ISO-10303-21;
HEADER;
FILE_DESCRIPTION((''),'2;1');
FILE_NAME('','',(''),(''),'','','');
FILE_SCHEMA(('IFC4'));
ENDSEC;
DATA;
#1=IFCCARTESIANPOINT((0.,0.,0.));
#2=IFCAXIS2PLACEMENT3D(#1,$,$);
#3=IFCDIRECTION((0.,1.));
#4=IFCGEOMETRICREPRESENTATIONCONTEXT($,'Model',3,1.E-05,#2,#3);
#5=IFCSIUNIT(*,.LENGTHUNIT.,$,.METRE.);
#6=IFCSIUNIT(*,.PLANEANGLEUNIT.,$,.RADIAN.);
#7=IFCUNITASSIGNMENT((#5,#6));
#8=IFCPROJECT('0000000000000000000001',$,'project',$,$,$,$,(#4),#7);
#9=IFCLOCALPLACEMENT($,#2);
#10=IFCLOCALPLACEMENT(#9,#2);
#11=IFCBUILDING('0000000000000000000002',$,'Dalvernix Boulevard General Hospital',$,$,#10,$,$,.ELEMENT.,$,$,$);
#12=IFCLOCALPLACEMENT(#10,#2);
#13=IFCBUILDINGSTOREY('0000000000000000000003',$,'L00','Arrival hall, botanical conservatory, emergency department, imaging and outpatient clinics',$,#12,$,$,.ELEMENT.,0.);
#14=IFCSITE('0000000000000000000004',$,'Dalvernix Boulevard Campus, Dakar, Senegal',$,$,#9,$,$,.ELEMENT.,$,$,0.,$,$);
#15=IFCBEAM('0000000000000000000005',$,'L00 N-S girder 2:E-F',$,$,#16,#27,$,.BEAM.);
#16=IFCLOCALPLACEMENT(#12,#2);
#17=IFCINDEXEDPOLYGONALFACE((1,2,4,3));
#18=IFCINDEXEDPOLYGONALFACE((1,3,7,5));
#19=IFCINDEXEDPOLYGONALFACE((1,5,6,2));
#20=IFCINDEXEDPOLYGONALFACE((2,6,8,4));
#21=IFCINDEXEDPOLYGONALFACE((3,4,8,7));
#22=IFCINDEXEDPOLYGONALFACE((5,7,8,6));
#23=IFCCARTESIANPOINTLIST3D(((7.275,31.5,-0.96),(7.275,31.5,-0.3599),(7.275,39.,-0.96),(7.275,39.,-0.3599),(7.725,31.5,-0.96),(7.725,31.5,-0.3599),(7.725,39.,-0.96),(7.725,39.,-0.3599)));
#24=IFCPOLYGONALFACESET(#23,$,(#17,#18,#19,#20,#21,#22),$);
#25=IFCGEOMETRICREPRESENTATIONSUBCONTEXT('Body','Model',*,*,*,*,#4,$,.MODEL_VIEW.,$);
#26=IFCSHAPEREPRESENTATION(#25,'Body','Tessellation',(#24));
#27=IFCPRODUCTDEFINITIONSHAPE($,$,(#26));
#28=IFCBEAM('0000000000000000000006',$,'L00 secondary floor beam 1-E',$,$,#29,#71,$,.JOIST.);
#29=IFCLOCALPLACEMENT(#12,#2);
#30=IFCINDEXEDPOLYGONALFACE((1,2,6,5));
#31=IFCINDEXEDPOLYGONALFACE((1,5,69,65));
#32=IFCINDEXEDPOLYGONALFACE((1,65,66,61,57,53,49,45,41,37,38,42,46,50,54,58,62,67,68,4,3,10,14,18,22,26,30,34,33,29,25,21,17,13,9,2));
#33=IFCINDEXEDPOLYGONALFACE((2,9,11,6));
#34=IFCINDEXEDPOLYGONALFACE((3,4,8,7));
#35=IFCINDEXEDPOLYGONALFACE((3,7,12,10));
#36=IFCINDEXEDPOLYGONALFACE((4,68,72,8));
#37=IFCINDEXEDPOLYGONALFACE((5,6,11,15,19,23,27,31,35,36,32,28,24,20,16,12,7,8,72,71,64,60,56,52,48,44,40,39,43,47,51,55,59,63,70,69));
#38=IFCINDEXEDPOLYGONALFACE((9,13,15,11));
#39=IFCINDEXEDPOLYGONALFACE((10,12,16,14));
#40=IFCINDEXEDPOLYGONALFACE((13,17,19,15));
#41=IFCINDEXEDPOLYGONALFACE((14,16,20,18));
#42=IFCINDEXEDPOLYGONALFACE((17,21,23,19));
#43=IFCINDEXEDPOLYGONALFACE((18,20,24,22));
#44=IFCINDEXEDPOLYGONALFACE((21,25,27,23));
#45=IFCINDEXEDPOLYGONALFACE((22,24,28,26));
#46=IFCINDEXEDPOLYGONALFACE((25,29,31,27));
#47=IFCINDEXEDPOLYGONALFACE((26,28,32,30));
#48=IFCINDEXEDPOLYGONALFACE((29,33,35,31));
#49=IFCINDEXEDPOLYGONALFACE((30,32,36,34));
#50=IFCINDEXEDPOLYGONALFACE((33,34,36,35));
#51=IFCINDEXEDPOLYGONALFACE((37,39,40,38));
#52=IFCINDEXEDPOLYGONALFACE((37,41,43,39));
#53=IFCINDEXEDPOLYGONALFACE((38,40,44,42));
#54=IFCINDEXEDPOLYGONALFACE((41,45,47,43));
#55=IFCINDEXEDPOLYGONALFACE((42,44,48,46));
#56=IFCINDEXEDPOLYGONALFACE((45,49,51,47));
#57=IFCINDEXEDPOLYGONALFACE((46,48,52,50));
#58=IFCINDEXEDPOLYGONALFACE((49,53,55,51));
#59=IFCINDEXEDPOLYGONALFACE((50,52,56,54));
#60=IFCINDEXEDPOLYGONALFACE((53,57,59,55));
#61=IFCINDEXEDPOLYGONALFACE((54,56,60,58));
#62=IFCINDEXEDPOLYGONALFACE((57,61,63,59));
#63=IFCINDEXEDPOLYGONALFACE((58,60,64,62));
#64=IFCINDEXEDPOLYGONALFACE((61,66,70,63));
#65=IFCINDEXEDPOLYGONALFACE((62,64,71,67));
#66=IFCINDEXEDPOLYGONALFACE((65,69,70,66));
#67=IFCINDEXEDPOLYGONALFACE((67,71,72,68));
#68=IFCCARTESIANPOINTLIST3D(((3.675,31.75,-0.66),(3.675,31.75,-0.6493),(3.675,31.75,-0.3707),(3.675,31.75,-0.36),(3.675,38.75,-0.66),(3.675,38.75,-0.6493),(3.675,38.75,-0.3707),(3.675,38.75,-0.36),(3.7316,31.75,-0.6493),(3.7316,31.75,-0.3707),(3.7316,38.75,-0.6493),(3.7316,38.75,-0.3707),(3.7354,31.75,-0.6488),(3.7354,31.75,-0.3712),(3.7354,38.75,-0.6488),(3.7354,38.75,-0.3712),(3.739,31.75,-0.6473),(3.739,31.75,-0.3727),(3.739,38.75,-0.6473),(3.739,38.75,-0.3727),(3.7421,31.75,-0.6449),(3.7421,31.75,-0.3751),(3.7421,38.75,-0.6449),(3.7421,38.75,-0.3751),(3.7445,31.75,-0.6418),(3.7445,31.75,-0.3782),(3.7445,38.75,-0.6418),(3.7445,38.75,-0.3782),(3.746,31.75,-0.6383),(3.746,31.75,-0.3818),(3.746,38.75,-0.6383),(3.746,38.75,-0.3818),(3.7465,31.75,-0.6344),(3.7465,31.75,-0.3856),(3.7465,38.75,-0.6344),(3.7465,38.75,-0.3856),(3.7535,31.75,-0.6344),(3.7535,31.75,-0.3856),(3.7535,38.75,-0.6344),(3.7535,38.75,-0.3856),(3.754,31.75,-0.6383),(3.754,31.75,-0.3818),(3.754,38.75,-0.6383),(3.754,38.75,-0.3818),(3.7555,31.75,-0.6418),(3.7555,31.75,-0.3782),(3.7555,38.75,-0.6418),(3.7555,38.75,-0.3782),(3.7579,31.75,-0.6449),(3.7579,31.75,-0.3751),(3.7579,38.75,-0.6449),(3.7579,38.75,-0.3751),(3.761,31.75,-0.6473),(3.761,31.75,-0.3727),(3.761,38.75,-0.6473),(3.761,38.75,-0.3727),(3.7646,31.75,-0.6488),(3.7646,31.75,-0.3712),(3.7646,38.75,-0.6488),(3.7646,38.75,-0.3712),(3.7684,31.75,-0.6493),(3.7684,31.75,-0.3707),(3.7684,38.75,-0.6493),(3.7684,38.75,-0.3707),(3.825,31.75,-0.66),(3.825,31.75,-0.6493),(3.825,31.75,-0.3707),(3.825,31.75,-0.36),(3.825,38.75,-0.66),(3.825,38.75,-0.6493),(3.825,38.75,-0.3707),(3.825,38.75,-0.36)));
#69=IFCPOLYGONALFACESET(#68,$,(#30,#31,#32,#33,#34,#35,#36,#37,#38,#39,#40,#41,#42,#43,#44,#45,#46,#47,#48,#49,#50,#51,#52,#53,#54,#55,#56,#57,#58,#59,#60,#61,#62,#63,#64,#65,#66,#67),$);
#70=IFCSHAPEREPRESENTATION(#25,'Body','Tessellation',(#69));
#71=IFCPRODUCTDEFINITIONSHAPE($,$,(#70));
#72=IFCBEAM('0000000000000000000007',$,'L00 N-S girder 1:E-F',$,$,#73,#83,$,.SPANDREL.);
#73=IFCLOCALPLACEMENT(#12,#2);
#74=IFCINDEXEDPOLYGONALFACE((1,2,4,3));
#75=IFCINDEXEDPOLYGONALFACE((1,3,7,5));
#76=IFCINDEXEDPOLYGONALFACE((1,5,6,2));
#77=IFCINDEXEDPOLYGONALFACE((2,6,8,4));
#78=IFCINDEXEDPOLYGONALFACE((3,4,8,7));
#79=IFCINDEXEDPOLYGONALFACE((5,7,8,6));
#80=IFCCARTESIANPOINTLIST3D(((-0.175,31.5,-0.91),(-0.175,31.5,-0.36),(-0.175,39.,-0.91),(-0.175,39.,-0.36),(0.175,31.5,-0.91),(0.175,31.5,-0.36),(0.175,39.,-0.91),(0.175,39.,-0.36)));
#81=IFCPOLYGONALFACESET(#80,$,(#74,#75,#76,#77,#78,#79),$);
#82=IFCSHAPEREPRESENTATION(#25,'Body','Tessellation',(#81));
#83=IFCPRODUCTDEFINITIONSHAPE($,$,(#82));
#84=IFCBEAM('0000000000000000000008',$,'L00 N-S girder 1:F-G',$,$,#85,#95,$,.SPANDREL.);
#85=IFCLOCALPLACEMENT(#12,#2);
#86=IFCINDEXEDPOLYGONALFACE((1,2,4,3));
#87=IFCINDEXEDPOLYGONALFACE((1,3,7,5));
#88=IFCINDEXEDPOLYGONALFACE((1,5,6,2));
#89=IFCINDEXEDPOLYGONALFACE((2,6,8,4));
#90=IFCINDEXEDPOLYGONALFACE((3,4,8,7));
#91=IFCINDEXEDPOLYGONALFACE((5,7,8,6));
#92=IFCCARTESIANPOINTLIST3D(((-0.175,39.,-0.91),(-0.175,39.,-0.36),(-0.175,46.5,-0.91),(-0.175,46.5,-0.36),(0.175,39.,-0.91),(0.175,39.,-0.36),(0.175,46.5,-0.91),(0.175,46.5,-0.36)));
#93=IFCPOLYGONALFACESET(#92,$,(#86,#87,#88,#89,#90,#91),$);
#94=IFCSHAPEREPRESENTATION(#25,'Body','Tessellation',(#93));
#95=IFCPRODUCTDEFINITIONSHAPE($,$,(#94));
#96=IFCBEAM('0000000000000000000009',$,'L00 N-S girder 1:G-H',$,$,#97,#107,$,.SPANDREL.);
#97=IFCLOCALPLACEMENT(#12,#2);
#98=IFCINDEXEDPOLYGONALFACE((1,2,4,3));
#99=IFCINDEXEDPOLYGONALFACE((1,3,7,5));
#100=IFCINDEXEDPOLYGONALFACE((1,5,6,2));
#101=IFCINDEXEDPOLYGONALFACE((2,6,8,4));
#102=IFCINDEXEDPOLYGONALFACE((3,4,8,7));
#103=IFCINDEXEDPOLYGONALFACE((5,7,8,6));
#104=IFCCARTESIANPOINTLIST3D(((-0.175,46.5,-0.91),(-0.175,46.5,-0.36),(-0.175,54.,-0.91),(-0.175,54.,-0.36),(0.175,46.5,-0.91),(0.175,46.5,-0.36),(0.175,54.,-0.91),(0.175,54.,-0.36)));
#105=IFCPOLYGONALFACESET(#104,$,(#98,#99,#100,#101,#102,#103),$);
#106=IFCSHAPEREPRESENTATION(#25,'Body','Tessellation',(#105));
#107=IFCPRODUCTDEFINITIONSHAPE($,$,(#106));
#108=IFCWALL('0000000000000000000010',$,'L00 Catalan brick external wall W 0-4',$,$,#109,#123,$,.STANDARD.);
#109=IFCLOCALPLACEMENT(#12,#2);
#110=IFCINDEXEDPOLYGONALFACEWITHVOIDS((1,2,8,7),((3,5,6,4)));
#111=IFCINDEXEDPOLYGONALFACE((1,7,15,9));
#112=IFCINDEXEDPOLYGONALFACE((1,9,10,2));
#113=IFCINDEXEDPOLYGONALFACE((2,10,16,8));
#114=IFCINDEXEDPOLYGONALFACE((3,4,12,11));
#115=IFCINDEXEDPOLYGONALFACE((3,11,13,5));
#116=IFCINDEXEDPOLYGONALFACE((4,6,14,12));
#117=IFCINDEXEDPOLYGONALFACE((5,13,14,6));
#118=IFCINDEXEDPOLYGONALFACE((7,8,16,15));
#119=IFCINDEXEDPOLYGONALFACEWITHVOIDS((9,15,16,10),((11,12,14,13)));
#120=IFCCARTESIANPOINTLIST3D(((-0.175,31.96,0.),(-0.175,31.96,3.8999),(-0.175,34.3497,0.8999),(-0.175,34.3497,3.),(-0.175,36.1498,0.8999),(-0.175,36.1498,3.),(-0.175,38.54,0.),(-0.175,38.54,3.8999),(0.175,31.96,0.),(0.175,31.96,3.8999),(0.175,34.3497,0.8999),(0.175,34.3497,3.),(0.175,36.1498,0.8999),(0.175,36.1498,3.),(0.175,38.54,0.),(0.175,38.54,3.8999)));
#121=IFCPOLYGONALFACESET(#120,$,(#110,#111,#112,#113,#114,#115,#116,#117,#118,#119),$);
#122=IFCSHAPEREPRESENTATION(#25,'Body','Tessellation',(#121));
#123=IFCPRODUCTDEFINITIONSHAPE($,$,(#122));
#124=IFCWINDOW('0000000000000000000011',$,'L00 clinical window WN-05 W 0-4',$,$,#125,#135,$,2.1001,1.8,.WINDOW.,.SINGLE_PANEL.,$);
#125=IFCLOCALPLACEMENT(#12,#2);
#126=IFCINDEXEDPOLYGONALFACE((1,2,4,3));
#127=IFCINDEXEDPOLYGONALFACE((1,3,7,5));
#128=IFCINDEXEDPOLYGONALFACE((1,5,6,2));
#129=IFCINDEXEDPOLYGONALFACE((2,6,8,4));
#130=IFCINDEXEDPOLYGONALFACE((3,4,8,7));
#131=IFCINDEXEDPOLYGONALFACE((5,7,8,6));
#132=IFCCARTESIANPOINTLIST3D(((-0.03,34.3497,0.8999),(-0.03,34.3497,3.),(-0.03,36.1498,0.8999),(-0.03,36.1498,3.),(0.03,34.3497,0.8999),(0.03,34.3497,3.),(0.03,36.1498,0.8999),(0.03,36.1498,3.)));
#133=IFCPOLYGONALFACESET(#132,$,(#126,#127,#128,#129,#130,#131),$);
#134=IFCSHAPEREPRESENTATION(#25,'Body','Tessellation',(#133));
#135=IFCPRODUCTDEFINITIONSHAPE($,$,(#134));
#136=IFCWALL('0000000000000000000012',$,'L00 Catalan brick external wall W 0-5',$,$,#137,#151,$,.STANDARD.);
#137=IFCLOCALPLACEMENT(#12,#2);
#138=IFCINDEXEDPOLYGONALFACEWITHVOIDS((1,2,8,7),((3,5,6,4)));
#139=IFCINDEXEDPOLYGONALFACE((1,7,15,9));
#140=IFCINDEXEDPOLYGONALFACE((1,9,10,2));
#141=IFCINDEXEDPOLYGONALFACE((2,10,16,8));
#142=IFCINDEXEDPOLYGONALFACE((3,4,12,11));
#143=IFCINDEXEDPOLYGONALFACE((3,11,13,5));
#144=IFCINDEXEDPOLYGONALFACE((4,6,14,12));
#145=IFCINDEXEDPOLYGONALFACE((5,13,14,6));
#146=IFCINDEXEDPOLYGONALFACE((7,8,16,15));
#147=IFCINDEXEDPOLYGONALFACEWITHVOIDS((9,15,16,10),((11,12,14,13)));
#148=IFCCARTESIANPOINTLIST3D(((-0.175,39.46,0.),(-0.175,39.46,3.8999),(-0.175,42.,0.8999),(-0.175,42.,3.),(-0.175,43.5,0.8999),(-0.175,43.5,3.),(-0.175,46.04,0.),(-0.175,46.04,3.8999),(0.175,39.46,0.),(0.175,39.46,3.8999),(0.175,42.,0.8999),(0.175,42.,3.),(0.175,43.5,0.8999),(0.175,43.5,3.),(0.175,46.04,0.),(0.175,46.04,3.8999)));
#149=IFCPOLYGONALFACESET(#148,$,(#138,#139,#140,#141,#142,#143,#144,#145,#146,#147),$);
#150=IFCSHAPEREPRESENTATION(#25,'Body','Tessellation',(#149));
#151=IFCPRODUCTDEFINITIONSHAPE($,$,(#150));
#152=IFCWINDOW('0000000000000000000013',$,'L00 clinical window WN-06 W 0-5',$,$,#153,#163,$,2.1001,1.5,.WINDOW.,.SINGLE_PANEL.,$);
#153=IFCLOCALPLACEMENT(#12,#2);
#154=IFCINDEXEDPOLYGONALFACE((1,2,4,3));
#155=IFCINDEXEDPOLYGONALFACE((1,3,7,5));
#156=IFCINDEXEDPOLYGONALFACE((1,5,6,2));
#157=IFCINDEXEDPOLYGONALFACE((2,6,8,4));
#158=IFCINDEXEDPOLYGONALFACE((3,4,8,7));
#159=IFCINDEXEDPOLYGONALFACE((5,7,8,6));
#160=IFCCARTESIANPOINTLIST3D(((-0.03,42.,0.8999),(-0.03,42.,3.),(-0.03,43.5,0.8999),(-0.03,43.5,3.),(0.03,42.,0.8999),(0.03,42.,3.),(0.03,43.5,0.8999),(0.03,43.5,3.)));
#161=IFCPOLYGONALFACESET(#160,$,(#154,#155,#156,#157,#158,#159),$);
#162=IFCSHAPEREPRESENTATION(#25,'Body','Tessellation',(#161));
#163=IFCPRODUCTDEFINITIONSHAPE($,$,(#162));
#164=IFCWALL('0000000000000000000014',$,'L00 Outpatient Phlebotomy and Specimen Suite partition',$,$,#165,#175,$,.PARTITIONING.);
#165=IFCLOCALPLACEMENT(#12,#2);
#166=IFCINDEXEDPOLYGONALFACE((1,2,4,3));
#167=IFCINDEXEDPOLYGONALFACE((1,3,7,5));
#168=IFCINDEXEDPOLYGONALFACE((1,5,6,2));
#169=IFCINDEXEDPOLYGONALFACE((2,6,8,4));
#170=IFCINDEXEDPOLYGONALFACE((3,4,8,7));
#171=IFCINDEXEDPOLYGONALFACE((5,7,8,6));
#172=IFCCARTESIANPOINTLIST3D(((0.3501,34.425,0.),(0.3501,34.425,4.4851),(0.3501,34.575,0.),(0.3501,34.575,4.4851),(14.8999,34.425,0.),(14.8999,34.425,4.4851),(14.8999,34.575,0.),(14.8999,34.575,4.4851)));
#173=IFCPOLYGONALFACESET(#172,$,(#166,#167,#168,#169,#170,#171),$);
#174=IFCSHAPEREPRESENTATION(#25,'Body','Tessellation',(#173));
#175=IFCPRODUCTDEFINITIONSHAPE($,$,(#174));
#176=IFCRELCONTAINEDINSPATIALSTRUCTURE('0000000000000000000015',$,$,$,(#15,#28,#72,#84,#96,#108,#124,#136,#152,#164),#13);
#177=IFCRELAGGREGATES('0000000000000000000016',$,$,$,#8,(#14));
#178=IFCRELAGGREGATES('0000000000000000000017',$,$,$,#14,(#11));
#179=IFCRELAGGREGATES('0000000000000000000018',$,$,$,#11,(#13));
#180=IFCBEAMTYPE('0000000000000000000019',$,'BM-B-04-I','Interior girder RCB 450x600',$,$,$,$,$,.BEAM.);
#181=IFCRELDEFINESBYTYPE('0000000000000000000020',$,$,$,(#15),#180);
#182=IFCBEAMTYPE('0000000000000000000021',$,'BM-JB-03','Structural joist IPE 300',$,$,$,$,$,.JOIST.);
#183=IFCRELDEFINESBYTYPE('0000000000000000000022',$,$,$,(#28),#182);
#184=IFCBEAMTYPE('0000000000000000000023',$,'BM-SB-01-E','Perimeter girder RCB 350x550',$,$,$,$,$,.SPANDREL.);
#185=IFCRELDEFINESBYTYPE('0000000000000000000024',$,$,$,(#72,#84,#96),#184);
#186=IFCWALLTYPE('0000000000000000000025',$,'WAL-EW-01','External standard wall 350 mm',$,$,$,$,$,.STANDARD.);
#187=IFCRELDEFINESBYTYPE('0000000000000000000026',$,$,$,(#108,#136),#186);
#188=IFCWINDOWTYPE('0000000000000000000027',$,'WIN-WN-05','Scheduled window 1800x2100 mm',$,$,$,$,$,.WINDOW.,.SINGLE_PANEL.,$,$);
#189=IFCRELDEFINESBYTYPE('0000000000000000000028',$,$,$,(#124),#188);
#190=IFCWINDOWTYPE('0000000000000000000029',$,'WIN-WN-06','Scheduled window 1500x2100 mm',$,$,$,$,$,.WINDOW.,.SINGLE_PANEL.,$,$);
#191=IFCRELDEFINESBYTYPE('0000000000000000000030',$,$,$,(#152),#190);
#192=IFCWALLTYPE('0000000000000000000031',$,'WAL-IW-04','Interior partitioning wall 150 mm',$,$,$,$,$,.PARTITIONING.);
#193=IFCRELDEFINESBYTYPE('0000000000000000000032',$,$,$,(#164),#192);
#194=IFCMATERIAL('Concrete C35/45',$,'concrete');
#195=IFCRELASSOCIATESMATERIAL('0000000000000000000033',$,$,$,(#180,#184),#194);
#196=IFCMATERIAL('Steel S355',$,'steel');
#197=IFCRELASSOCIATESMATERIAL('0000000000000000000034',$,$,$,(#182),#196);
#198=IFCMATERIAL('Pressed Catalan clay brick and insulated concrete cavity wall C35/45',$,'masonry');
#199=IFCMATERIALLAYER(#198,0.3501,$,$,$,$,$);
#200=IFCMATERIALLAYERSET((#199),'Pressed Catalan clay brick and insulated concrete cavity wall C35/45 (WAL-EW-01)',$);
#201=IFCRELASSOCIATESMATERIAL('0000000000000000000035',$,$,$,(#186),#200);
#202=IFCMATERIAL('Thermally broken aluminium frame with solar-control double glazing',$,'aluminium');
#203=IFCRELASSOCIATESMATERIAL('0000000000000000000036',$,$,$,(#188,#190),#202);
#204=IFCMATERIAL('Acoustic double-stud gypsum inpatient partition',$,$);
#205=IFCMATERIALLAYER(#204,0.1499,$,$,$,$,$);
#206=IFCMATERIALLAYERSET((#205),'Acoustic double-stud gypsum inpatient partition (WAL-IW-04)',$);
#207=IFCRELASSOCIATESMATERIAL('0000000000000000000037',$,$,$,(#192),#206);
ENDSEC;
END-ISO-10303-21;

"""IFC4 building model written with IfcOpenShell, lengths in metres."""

from ifc_helpers import new_model, si_unit, direction, frame, frame_2d, origin, origin_2d, place, context, subcontext, project, spatial, rectangle, i_section, extrude, material, layer, layer_set, material_profile, profile_set, type_object, element, fill, save


model = new_model("IFC4")

# Units and contexts
model_context = context("Model", 3, precision=1e-05, world=origin(), true_north=direction((0.0, 1.0)))
body_context = subcontext(model_context, "Body", "Model", "MODEL_VIEW")
ifc_project = project(units=[si_unit("LENGTHUNIT", "METRE"), si_unit("PLANEANGLEUNIT", "RADIAN")], contexts=[model_context])

# Site, building, storey
site_placement = place(None, origin())
site = spatial("IfcSite", under=ifc_project, at=site_placement, Name="Dalvernix Boulevard Campus, Dakar, Senegal", CompositionType="ELEMENT", RefElevation=0.0)
building_placement = place(site_placement, origin())
building = spatial("IfcBuilding", under=site, at=building_placement, Name="Dalvernix Boulevard General Hospital", CompositionType="ELEMENT")
storey_placement = place(building_placement, origin())
storey = spatial("IfcBuildingStorey", under=building, at=storey_placement, Name="L00", Description="Arrival hall, botanical conservatory, emergency department, imaging and outpatient clinics", CompositionType="ELEMENT", Elevation=0.0)

# Beams
ifc_material_1 = material(Name="Concrete C35/45", Category="concrete")
ifc_material_profile_1 = material_profile(ifc_material_1, rectangle(XDim=0.45, YDim=0.6001, at=origin_2d()), Name="RCB 450x600")
ifc_profile_set_1 = profile_set([ifc_material_profile_1], Name="Concrete C35/45")
beam_type_1 = type_object("IfcBeamType", Name="BM-B-04-I", Description="Interior girder RCB 450x600", PredefinedType="BEAM", material=ifc_profile_set_1)
beam_1_placement = place(storey_placement, frame((7.5, 31.5, -0.6599), z_axis=(0.0, 1.0, 0.0), x_axis=(-1.0, 0.0, 0.0)))
element("IfcBeam", 1, at=beam_1_placement, inside=storey, type_object=beam_type_1, Name="L00 N-S girder 2:E-F", PredefinedType="BEAM", context=body_context, shape_type="SweptSolid", body=[
    extrude(rectangle(XDim=0.45, YDim=0.6001, at=origin_2d()), origin(), (0.0, 0.0, 1.0), 7.5),
])
ifc_material_2 = material(Name="Steel S355", Category="steel")
ifc_material_profile_2 = material_profile(ifc_material_2, i_section(OverallWidth=0.1499, OverallDepth=0.3, WebThickness=0.0071, FlangeThickness=0.0107, FilletRadius=0.0149, at=origin_2d()), Name="IPE 300")
ifc_profile_set_2 = profile_set([ifc_material_profile_2], Name="Steel S355")
beam_type_2 = type_object("IfcBeamType", Name="BM-JB-03", Description="Structural joist IPE 300", PredefinedType="JOIST", material=ifc_profile_set_2)
beam_2_placement = place(storey_placement, frame((3.75, 31.75, -0.51), z_axis=(0.0, 1.0, 0.0), x_axis=(-1.0, 0.0, 0.0)))
element("IfcBeam", 2, at=beam_2_placement, inside=storey, type_object=beam_type_2, Name="L00 secondary floor beam 1-E", PredefinedType="JOIST", context=body_context, shape_type="SweptSolid", body=[
    extrude(i_section(OverallWidth=0.1499, OverallDepth=0.3, WebThickness=0.0071, FlangeThickness=0.0107, FilletRadius=0.0149, at=origin_2d()), origin(), (0.0, 0.0, 1.0), 7.0),
])
ifc_material_profile_3 = material_profile(ifc_material_1, rectangle(XDim=0.3501, YDim=0.55, at=origin_2d()), Name="RCB 350x550")
ifc_profile_set_3 = profile_set([ifc_material_profile_3], Name="Concrete C35/45")
beam_type_3 = type_object("IfcBeamType", Name="BM-SB-01-E", Description="Perimeter girder RCB 350x550", PredefinedType="SPANDREL", material=ifc_profile_set_3)
for number, where, z_axis, x_axis, name in (
    (3, (0.0, 31.5, -0.635), (0.0, 1.0, 0.0), (-1.0, 0.0, 0.0), "L00 N-S girder 1:E-F"),
    (4, (0.0, 39.0, -0.635), (0.0, 1.0, 0.0), (-1.0, 0.0, 0.0), "L00 N-S girder 1:F-G"),
    (5, (0.0, 46.5, -0.635), (0.0, 1.0, 0.0), (-1.0, 0.0, 0.0), "L00 N-S girder 1:G-H"),
):
    element("IfcBeam", number, at=place(storey_placement, frame(where, z_axis=z_axis, x_axis=x_axis)), inside=storey, type_object=beam_type_3, Name=name, PredefinedType="SPANDREL", context=body_context, shape_type="SweptSolid", body=[
        extrude(rectangle(XDim=0.3501, YDim=0.55, at=origin_2d()), origin(), (0.0, 0.0, 1.0), 7.5),
    ])

# Walls, openings, windows
ifc_material_3 = material(Name="Pressed Catalan clay brick and insulated concrete cavity wall C35/45", Category="masonry")
ifc_layer_1 = layer(ifc_material_3, 0.3501)
ifc_layer_set_1 = layer_set([ifc_layer_1], Name="Pressed Catalan clay brick and insulated concrete cavity wall C35/45 (WAL-EW-01)")
wall_type_1 = type_object("IfcWallType", Name="WAL-EW-01", Description="External standard wall 350 mm", PredefinedType="STANDARD", material=ifc_layer_set_1)
wall_1_placement = place(storey_placement, frame((0.0, 31.96, 0.0), z_axis=(0.0, 0.0, 1.0), x_axis=(0.0, 1.0, 0.0)))
wall_1 = element("IfcWall", 6, at=wall_1_placement, inside=storey, type_object=wall_type_1, Name="L00 Catalan brick external wall W 0-4", PredefinedType="STANDARD", context=body_context, shape_type="SweptSolid", body=[
    extrude(rectangle(XDim=6.5801, YDim=0.3501, at=frame_2d((3.29, 0.0))), origin(), (0.0, 0.0, 1.0), 3.8999),
])
opening_1_placement = place(wall_1_placement, frame((2.3899, 0.0, 0.8999)))
opening_1 = element("IfcOpeningElement", 7, at=opening_1_placement, cuts=wall_1, PredefinedType="OPENING", context=body_context, shape_type="SweptSolid", body=[
    extrude(rectangle(XDim=1.8, YDim=2.1001, at=frame_2d((0.8999, 1.05))), frame((0.0, 0.1851, 0.0), z_axis=(0.0, -1.0, 0.0), x_axis=(1.0, 0.0, 0.0)), (0.0, 0.0, 1.0), 0.3701),
])
ifc_material_4 = material(Name="Thermally broken aluminium frame with solar-control double glazing", Category="aluminium")
window_type_1 = type_object("IfcWindowType", Name="WIN-WN-05", Description="Scheduled window 1800x2100 mm", PartitioningType="SINGLE_PANEL", PredefinedType="WINDOW", material=ifc_material_4)
window_1_placement = place(opening_1_placement, origin())
window_1 = element("IfcWindow", 8, at=window_1_placement, inside=storey, type_object=window_type_1, Name="L00 clinical window WN-05 W 0-4", OverallHeight=2.1001, OverallWidth=1.8, PartitioningType="SINGLE_PANEL", PredefinedType="WINDOW", context=body_context, shape_type="SweptSolid", body=[
    extrude(rectangle(XDim=1.8, YDim=2.1001, at=frame_2d((0.8999, 1.05))), frame((0.0, 0.03, 0.0), z_axis=(0.0, -1.0, 0.0), x_axis=(1.0, 0.0, 0.0)), (0.0, 0.0, 1.0), 0.0601),
])
fill(opening_1, window_1)
wall_2_placement = place(storey_placement, frame((0.0, 39.46, 0.0), z_axis=(0.0, 0.0, 1.0), x_axis=(0.0, 1.0, 0.0)))
wall_2 = element("IfcWall", 9, at=wall_2_placement, inside=storey, type_object=wall_type_1, Name="L00 Catalan brick external wall W 0-5", PredefinedType="STANDARD", context=body_context, shape_type="SweptSolid", body=[
    extrude(rectangle(XDim=6.5801, YDim=0.3501, at=frame_2d((3.29, 0.0))), origin(), (0.0, 0.0, 1.0), 3.8999),
])
opening_2_placement = place(wall_2_placement, frame((2.54, 0.0, 0.8999)))
opening_2 = element("IfcOpeningElement", 10, at=opening_2_placement, cuts=wall_2, PredefinedType="OPENING", context=body_context, shape_type="SweptSolid", body=[
    extrude(rectangle(XDim=1.5, YDim=2.1001, at=frame_2d((0.75, 1.05))), frame((0.0, 0.1851, 0.0), z_axis=(0.0, -1.0, 0.0), x_axis=(1.0, 0.0, 0.0)), (0.0, 0.0, 1.0), 0.3701),
])
window_type_2 = type_object("IfcWindowType", Name="WIN-WN-06", Description="Scheduled window 1500x2100 mm", PartitioningType="SINGLE_PANEL", PredefinedType="WINDOW", material=ifc_material_4)
window_2_placement = place(opening_2_placement, origin())
window_2 = element("IfcWindow", 11, at=window_2_placement, inside=storey, type_object=window_type_2, Name="L00 clinical window WN-06 W 0-5", OverallHeight=2.1001, OverallWidth=1.5, PartitioningType="SINGLE_PANEL", PredefinedType="WINDOW", context=body_context, shape_type="SweptSolid", body=[
    extrude(rectangle(XDim=1.5, YDim=2.1001, at=frame_2d((0.75, 1.05))), frame((0.0, 0.03, 0.0), z_axis=(0.0, -1.0, 0.0), x_axis=(1.0, 0.0, 0.0)), (0.0, 0.0, 1.0), 0.0601),
])
fill(opening_2, window_2)

# Wall
ifc_material_5 = material(Name="Acoustic double-stud gypsum inpatient partition")
ifc_layer_2 = layer(ifc_material_5, 0.1499)
ifc_layer_set_2 = layer_set([ifc_layer_2], Name="Acoustic double-stud gypsum inpatient partition (WAL-IW-04)")
wall_type_2 = type_object("IfcWallType", Name="WAL-IW-04", Description="Interior partitioning wall 150 mm", PredefinedType="PARTITIONING", material=ifc_layer_set_2)
for number, where, z_axis, x_axis, name in (
    (12, (0.3501, 34.5, 0.0), (0.0, 0.0, 1.0), (1.0, 0.0, 0.0), "L00 Outpatient Phlebotomy and Specimen Suite partition"),
):
    element("IfcWall", number, at=place(storey_placement, frame(where, z_axis=z_axis, x_axis=x_axis)), inside=storey, type_object=wall_type_2, Name=name, PredefinedType="PARTITIONING", context=body_context, shape_type="SweptSolid", body=[
        extrude(rectangle(XDim=14.5498, YDim=0.1499, at=frame_2d((7.2749, 0.0))), origin(), (0.0, 0.0, 1.0), 4.4851),
    ])

save(model, "model.ifc")
